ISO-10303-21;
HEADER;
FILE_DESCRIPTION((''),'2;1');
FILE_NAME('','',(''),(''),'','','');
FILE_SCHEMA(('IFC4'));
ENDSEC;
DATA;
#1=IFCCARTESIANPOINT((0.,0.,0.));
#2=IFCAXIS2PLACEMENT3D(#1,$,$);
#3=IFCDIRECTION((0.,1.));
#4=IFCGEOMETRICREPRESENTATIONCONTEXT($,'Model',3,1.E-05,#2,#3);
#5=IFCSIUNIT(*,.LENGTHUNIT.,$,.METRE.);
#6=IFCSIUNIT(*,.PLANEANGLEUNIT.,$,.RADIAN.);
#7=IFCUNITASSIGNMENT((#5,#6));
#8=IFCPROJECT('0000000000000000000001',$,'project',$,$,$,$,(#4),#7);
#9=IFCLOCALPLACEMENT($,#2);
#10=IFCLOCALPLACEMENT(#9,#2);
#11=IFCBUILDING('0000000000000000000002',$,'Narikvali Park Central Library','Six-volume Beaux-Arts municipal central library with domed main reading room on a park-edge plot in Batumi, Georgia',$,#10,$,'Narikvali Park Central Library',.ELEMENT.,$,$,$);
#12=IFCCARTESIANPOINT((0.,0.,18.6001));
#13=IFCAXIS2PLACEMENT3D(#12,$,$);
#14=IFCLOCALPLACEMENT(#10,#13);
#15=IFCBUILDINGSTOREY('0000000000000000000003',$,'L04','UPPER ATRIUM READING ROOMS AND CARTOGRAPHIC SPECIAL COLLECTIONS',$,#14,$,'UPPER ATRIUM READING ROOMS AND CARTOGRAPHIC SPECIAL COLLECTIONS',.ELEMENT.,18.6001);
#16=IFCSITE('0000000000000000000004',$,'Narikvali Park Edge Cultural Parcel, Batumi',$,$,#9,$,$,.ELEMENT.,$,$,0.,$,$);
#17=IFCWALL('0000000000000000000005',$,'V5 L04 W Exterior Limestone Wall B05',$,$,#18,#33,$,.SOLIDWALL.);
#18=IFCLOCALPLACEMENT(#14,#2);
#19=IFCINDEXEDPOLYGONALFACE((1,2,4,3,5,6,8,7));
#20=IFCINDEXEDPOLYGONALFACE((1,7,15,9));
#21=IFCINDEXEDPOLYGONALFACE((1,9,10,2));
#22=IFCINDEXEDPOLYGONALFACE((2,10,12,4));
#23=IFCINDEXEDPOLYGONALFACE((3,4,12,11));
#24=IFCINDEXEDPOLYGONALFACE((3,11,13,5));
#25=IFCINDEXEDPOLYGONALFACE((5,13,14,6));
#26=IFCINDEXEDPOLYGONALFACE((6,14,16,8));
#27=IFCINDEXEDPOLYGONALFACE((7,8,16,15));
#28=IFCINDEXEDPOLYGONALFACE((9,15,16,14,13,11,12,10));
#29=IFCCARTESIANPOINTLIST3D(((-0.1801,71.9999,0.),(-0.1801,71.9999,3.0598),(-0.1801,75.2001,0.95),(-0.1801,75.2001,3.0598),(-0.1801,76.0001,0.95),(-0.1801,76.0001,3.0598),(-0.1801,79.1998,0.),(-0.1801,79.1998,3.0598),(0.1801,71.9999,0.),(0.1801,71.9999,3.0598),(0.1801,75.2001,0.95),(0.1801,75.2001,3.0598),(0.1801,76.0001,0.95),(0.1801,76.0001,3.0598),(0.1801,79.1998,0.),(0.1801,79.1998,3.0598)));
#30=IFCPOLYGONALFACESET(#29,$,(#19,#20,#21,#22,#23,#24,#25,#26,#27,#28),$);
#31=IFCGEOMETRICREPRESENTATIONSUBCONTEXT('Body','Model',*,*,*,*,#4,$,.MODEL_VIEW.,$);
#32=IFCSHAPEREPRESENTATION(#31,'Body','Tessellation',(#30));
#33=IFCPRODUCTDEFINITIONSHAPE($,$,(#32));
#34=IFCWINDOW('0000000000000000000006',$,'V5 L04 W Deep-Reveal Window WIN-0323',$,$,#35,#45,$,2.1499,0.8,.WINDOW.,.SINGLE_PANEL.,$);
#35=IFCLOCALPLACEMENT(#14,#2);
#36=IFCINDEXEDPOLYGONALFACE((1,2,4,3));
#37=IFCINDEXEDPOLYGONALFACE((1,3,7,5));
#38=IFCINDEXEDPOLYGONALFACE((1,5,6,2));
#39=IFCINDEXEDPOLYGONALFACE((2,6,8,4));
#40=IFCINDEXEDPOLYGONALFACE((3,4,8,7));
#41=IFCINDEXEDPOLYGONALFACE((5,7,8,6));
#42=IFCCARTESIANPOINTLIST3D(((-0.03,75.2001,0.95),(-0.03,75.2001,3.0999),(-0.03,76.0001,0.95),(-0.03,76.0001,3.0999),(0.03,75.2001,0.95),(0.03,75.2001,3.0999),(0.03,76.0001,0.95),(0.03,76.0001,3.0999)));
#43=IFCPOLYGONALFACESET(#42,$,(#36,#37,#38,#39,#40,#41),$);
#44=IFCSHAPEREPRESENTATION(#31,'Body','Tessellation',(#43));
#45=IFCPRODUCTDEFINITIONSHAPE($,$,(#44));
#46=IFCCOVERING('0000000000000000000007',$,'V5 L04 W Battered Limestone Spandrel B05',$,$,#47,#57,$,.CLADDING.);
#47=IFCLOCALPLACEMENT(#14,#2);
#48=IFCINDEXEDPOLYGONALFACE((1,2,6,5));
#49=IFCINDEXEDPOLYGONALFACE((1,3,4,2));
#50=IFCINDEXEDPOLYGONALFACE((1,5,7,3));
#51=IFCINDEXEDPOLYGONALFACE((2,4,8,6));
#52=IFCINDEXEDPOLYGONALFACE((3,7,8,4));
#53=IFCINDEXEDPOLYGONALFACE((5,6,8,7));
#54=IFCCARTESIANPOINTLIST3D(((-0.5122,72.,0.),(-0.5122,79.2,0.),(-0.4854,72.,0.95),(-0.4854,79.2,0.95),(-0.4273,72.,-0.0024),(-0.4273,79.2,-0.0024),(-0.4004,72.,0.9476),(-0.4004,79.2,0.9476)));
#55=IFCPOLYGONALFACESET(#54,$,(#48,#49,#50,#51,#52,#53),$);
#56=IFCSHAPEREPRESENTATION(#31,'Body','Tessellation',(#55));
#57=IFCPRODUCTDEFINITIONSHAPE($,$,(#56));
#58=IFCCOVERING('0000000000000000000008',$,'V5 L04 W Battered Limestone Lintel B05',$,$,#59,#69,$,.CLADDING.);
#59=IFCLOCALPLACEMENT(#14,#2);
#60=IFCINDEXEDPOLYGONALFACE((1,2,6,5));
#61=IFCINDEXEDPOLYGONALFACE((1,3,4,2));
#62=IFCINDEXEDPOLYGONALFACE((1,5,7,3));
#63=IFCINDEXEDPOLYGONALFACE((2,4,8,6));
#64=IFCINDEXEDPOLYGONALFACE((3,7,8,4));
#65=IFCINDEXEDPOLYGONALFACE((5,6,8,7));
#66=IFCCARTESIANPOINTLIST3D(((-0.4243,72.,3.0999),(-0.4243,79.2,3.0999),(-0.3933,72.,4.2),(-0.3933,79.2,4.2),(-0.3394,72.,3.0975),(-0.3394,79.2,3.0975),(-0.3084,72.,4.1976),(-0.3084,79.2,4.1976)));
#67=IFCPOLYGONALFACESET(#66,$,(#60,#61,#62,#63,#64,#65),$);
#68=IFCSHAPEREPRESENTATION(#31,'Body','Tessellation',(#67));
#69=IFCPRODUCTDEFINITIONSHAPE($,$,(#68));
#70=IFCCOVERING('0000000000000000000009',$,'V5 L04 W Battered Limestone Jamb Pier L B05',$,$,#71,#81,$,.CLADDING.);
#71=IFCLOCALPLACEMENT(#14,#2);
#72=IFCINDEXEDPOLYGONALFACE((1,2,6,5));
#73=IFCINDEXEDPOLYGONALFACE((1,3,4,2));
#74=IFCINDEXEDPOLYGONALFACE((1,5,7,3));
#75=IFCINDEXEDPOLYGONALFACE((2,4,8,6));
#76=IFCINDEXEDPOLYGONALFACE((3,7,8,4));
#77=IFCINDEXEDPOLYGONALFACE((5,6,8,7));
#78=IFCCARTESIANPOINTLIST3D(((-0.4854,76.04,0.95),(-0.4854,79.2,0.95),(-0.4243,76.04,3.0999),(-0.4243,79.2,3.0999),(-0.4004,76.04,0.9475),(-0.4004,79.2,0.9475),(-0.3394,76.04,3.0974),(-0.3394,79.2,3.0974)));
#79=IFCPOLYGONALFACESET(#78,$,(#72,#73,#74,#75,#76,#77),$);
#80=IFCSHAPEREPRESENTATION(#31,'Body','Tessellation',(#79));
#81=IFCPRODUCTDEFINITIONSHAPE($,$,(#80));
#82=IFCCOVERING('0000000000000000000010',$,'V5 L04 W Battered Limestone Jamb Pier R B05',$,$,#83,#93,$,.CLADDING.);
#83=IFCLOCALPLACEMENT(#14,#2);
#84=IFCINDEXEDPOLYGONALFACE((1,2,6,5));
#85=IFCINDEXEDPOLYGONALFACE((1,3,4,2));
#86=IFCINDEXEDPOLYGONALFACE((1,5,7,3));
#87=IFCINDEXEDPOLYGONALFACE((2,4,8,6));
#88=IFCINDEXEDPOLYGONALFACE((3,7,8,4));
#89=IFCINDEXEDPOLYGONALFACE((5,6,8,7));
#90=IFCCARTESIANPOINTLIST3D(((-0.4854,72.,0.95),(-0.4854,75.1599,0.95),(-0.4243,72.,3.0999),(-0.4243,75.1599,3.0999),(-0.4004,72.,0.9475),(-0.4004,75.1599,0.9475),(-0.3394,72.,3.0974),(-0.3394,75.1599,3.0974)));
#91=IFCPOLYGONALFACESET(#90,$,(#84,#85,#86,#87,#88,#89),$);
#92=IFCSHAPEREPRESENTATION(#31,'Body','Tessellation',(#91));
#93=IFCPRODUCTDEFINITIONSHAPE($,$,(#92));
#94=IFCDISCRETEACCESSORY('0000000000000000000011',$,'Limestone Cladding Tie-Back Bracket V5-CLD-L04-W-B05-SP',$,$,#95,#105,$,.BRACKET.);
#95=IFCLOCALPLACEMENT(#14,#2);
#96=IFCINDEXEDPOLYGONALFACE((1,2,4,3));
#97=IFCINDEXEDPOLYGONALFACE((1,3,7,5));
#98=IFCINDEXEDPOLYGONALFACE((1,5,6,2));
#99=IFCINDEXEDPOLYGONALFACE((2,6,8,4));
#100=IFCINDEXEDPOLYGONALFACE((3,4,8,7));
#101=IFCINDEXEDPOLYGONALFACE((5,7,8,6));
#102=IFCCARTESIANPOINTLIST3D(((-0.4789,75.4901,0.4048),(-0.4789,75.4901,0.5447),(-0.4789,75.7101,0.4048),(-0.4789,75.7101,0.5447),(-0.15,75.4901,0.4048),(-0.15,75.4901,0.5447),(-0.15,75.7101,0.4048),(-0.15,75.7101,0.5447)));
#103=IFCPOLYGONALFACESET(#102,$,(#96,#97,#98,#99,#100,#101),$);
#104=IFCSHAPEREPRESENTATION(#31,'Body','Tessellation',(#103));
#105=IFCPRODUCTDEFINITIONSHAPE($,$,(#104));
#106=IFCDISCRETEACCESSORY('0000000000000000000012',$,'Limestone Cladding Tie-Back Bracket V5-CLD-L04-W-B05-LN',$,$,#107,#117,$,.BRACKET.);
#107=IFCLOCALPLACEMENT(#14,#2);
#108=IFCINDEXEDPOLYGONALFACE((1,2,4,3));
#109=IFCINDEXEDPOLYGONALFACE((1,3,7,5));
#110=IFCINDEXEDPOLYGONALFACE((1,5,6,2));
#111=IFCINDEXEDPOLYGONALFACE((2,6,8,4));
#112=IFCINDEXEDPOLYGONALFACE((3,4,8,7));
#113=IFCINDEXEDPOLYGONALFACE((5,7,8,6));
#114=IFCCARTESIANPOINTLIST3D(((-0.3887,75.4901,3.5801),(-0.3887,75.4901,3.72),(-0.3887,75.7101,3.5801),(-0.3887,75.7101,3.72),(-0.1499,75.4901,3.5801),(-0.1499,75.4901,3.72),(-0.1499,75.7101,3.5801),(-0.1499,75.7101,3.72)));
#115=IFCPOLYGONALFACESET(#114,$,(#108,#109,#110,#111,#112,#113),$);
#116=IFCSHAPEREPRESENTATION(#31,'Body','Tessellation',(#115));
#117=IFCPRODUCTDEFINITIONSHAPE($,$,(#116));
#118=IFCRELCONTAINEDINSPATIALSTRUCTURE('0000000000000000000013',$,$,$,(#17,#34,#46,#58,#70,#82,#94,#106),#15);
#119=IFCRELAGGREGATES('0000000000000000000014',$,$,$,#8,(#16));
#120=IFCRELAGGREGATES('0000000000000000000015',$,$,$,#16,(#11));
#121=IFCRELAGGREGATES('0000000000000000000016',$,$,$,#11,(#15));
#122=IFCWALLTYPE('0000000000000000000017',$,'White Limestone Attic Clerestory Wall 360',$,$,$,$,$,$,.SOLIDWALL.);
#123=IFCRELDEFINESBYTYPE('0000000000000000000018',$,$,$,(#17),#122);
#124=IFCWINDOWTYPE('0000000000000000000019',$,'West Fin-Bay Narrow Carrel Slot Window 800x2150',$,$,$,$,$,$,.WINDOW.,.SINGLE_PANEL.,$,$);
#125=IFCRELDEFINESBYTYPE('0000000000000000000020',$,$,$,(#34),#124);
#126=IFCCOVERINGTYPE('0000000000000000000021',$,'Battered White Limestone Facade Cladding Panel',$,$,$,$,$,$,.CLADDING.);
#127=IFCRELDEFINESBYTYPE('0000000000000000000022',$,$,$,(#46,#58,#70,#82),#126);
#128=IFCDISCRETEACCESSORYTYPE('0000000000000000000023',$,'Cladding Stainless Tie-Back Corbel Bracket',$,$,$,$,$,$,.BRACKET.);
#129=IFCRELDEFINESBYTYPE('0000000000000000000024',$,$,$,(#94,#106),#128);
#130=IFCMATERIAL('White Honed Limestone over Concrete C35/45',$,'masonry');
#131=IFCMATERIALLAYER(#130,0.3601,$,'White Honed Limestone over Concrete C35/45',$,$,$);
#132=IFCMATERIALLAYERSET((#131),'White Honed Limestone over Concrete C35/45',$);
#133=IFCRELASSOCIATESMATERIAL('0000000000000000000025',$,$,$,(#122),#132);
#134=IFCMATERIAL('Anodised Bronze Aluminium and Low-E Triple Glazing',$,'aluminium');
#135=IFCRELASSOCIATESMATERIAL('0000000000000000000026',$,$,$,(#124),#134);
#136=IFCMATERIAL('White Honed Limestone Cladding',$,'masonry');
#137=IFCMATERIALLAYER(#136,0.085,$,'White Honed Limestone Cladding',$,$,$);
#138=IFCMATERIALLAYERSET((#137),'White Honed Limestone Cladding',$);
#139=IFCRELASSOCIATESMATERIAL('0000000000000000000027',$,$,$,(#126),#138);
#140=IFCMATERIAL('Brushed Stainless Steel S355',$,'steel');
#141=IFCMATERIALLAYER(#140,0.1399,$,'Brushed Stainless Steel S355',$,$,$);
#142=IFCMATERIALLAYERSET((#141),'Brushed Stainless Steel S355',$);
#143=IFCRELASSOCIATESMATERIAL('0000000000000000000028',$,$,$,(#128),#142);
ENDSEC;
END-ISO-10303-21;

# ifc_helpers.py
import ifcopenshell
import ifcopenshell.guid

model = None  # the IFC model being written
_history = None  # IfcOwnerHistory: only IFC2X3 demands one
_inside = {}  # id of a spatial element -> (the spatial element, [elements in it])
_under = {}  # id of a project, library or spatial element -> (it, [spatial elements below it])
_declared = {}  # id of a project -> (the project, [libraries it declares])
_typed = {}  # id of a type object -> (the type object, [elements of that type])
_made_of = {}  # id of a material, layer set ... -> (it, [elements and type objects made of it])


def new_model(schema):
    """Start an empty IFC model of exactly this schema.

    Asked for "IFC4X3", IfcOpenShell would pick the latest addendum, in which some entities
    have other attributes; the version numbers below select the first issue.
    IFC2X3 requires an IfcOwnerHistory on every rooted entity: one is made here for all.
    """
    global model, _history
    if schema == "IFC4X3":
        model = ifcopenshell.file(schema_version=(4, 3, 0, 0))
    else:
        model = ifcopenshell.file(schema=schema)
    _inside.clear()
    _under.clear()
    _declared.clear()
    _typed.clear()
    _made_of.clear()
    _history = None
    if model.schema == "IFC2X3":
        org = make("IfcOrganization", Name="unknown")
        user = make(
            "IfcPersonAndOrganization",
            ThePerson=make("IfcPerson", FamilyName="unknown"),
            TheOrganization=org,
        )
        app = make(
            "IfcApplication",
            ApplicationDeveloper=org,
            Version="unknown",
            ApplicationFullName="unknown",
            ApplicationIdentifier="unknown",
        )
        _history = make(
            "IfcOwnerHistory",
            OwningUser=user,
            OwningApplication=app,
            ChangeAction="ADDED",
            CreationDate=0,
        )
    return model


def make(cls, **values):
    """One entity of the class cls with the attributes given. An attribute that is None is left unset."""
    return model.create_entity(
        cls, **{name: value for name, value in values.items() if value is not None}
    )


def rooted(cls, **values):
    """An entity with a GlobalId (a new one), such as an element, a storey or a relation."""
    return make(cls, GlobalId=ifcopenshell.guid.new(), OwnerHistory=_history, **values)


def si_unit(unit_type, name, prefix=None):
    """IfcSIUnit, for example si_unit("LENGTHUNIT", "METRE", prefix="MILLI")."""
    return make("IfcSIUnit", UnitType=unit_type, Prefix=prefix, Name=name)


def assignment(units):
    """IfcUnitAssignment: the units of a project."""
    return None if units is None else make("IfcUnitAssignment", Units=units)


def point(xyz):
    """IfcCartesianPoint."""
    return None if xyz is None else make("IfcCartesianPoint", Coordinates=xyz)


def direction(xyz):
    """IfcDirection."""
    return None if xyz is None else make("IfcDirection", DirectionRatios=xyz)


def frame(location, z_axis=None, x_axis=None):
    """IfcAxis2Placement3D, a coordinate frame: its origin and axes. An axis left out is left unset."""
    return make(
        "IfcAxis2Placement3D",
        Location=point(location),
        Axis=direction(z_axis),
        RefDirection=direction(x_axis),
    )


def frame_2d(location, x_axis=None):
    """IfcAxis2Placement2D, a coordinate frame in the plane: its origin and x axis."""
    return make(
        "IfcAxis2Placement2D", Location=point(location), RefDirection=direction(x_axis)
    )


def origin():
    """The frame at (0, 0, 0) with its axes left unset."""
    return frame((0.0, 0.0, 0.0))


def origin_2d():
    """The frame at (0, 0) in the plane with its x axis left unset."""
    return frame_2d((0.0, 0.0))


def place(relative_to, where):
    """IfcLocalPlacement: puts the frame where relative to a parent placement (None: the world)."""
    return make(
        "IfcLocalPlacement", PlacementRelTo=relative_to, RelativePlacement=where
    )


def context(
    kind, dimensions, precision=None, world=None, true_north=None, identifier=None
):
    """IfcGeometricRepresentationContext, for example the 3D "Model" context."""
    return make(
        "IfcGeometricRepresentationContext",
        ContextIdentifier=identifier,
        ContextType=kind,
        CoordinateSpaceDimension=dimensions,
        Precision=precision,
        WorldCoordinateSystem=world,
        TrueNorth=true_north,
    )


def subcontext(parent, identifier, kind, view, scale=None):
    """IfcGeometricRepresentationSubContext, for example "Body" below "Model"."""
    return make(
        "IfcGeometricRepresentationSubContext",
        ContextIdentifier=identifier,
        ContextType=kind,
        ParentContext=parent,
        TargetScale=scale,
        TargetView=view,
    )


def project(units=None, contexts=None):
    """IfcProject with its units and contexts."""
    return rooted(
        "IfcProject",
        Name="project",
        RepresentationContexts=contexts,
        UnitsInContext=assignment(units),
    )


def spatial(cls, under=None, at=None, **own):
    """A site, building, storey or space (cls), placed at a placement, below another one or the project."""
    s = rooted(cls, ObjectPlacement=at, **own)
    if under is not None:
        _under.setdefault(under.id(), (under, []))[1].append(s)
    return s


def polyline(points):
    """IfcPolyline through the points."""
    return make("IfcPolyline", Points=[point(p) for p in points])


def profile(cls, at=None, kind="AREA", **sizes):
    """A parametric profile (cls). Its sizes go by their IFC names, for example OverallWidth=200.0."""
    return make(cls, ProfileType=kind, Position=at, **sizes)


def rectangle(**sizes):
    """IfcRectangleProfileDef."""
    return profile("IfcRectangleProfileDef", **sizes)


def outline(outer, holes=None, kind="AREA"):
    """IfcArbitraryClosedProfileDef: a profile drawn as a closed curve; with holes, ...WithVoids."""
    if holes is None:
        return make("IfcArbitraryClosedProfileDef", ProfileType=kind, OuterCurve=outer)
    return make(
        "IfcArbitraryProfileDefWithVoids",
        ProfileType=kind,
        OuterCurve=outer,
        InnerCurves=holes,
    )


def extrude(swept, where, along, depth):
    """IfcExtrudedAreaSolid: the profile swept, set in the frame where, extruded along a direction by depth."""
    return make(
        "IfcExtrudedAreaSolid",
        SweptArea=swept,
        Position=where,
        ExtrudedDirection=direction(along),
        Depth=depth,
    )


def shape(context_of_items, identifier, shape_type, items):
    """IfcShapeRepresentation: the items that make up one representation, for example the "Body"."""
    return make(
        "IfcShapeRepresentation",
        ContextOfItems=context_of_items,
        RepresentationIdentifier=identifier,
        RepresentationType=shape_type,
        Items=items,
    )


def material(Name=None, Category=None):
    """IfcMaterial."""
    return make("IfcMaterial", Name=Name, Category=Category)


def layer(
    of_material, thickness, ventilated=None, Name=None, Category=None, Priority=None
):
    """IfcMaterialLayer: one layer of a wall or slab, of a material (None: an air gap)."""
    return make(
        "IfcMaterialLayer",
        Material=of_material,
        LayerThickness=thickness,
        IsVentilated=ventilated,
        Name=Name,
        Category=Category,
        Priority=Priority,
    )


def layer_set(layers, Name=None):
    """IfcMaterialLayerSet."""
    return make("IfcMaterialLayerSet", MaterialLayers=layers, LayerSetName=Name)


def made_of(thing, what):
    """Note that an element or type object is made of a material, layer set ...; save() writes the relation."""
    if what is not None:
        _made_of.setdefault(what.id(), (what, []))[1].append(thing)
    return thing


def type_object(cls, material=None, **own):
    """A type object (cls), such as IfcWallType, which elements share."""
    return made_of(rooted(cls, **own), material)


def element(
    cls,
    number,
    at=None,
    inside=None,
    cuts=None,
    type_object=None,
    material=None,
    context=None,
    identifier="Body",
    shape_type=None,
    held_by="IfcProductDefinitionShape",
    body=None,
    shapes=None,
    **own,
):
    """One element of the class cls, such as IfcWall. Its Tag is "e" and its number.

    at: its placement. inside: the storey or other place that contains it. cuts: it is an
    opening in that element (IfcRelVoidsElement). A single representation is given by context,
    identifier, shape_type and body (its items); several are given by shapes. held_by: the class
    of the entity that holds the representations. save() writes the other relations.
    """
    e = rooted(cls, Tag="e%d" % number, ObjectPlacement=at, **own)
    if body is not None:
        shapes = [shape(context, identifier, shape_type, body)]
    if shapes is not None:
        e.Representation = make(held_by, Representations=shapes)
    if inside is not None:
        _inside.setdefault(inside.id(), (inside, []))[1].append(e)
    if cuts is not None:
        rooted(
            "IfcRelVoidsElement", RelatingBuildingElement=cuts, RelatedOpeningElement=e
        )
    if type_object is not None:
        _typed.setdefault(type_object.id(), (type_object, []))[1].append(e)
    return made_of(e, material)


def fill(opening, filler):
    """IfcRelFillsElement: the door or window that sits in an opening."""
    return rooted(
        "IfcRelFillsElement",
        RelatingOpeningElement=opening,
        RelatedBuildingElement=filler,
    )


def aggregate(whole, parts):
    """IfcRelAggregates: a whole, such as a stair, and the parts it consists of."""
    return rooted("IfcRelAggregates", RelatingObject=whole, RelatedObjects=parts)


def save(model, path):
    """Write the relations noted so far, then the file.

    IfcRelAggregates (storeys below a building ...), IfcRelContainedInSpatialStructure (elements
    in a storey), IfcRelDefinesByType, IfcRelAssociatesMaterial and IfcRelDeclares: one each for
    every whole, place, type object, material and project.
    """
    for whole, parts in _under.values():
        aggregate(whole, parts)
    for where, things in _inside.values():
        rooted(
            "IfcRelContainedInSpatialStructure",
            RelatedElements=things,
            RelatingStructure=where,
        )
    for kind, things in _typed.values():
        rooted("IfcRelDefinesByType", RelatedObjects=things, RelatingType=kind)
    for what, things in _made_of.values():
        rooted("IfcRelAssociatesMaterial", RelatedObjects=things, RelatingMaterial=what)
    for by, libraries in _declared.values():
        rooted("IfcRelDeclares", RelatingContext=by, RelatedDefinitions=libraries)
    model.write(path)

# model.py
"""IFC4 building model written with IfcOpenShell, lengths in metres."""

from ifc_helpers import new_model, si_unit, direction, frame, frame_2d, origin, origin_2d, place, context, subcontext, project, spatial, polyline, rectangle, outline, extrude, material, layer, layer_set, type_object, element, fill, save


model = new_model("IFC4")

# Units and contexts
model_context = context("Model", 3, precision=1e-05, world=origin(), true_north=direction((0.0, 1.0)))
body_context = subcontext(model_context, "Body", "Model", "MODEL_VIEW")
ifc_project = project(units=[si_unit("LENGTHUNIT", "METRE"), si_unit("PLANEANGLEUNIT", "RADIAN")], contexts=[model_context])

# Site, building, storey
site_placement = place(None, origin())
site = spatial("IfcSite", under=ifc_project, at=site_placement, Name="Narikvali Park Edge Cultural Parcel, Batumi", CompositionType="ELEMENT", RefElevation=0.0)
building_placement = place(site_placement, origin())
building = spatial("IfcBuilding", under=site, at=building_placement, Name="Narikvali Park Central Library", Description="Six-volume Beaux-Arts municipal central library with domed main reading room on a park-edge plot in Batumi, Georgia", LongName="Narikvali Park Central Library", CompositionType="ELEMENT")
storey_placement = place(building_placement, frame((0.0, 0.0, 18.6001)))
storey = spatial("IfcBuildingStorey", under=building, at=storey_placement, Name="L04", Description="UPPER ATRIUM READING ROOMS AND CARTOGRAPHIC SPECIAL COLLECTIONS", LongName="UPPER ATRIUM READING ROOMS AND CARTOGRAPHIC SPECIAL COLLECTIONS", CompositionType="ELEMENT", Elevation=18.6001)

# Wall, opening, window
ifc_material_1 = material(Name="White Honed Limestone over Concrete C35/45", Category="masonry")
ifc_layer_1 = layer(ifc_material_1, 0.3601, Name="White Honed Limestone over Concrete C35/45")
ifc_layer_set_1 = layer_set([ifc_layer_1], Name="White Honed Limestone over Concrete C35/45")
wall_type_1 = type_object("IfcWallType", Name="White Limestone Attic Clerestory Wall 360", PredefinedType="SOLIDWALL", material=ifc_layer_set_1)
wall_placement = place(storey_placement, frame((0.0, 79.2, 0.0), z_axis=(0.0, 0.0, 1.0), x_axis=(0.0, -1.0, 0.0)))
wall = element("IfcWall", 1, at=wall_placement, inside=storey, type_object=wall_type_1, Name="V5 L04 W Exterior Limestone Wall B05", PredefinedType="SOLIDWALL", context=body_context, shape_type="SweptSolid", body=[
    extrude(rectangle(XDim=7.2, YDim=0.3601, at=frame_2d((3.6001, 0.0))), origin(), (0.0, 0.0, 1.0), 3.0598),
])
opening_placement = place(wall_placement, frame((3.2, 0.0, 0.95)))
opening = element("IfcOpeningElement", 2, at=opening_placement, cuts=wall, PredefinedType="OPENING", context=body_context, shape_type="SweptSolid", body=[
    extrude(rectangle(XDim=0.8, YDim=2.1499, at=frame_2d((0.3999, 1.075))), frame((0.0, 0.1919, 0.0), z_axis=(0.0, -1.0, 0.0), x_axis=(1.0, 0.0, 0.0)), (0.0, 0.0, 1.0), 0.384),
])
ifc_material_2 = material(Name="Anodised Bronze Aluminium and Low-E Triple Glazing", Category="aluminium")
window_type = type_object("IfcWindowType", Name="West Fin-Bay Narrow Carrel Slot Window 800x2150", PartitioningType="SINGLE_PANEL", PredefinedType="WINDOW", material=ifc_material_2)
window_placement = place(opening_placement, origin())
window = element("IfcWindow", 3, at=window_placement, inside=storey, type_object=window_type, Name="V5 L04 W Deep-Reveal Window WIN-0323", OverallHeight=2.1499, OverallWidth=0.8, PartitioningType="SINGLE_PANEL", PredefinedType="WINDOW", context=body_context, shape_type="SweptSolid", body=[
    extrude(rectangle(XDim=0.8, YDim=2.1499, at=frame_2d((0.3999, 1.075))), frame((0.0, 0.03, 0.0), z_axis=(0.0, -1.0, 0.0), x_axis=(1.0, 0.0, 0.0)), (0.0, 0.0, 1.0), 0.0601),
])
fill(opening, window)

# Coverings
ifc_material_3 = material(Name="White Honed Limestone Cladding", Category="masonry")
ifc_layer_2 = layer(ifc_material_3, 0.085, Name="White Honed Limestone Cladding")
ifc_layer_set_2 = layer_set([ifc_layer_2], Name="White Honed Limestone Cladding")
covering_type = type_object("IfcCoveringType", Name="Battered White Limestone Facade Cladding Panel", PredefinedType="CLADDING", material=ifc_layer_set_2)
covering_1_placement = place(storey_placement, frame((-0.5122, 79.2, 0.0), z_axis=(-0.999601, 0.0, 0.028259), x_axis=(0.0, -1.0, 0.0)))
element("IfcCovering", 4, at=covering_1_placement, inside=storey, type_object=covering_type, Name="V5 L04 W Battered Limestone Spandrel B05", PredefinedType="CLADDING", context=body_context, shape_type="SweptSolid", body=[
    extrude(outline(polyline([(0.0, 0.0), (7.2, 0.0), (7.2, 0.9503), (0.0, 0.9503), (0.0, 0.0)])), origin(), (0.0, 0.0, -1.0), 0.085),
])
covering_2_placement = place(storey_placement, frame((-0.4243, 79.2, 3.0999), z_axis=(-0.999603, 0.0, 0.028173), x_axis=(0.0, -1.0, 0.0)))
element("IfcCovering", 5, at=covering_2_placement, inside=storey, type_object=covering_type, Name="V5 L04 W Battered Limestone Lintel B05", PredefinedType="CLADDING", context=body_context, shape_type="SweptSolid", body=[
    extrude(outline(polyline([(0.0, 0.0), (7.2, 0.0), (7.2, 1.1005), (0.0, 1.1005), (0.0, 0.0)])), origin(), (0.0, 0.0, -1.0), 0.085),
])
for number, where, z_axis, x_axis, name in (
    (6, (-0.4854, 79.2, 0.95), (-0.999597, 0.0, 0.028378), (0.0, -1.0, 0.0), "V5 L04 W Battered Limestone Jamb Pier L B05"),
    (7, (-0.4854, 75.1599, 0.95), (-0.999597, 0.0, 0.028378), (0.0, -1.0, 0.0), "V5 L04 W Battered Limestone Jamb Pier R B05"),
):
    element("IfcCovering", number, at=place(storey_placement, frame(where, z_axis=z_axis, x_axis=x_axis)), inside=storey, type_object=covering_type, Name=name, PredefinedType="CLADDING", context=body_context, shape_type="SweptSolid", body=[
        extrude(outline(polyline([(0.0, 0.0), (3.1599, 0.0), (3.1599, 2.1508), (0.0, 2.1508), (0.0, 0.0)])), origin(), (0.0, 0.0, -1.0), 0.085),
    ])

# Discrete accessories
ifc_material_4 = material(Name="Brushed Stainless Steel S355", Category="steel")
ifc_layer_3 = layer(ifc_material_4, 0.1399, Name="Brushed Stainless Steel S355")
ifc_layer_set_3 = layer_set([ifc_layer_3], Name="Brushed Stainless Steel S355")
discrete_accessory_type = type_object("IfcDiscreteAccessoryType", Name="Cladding Stainless Tie-Back Corbel Bracket", PredefinedType="BRACKET", material=ifc_layer_set_3)
discrete_accessory_1_placement = place(storey_placement, frame((-0.3145, 75.6001, 0.4048), z_axis=(0.0, 0.0, 1.0), x_axis=(1.0, 0.0, 0.0)))
element("IfcDiscreteAccessory", 8, at=discrete_accessory_1_placement, inside=storey, type_object=discrete_accessory_type, Name="Limestone Cladding Tie-Back Bracket V5-CLD-L04-W-B05-SP", PredefinedType="BRACKET", context=body_context, shape_type="SweptSolid", body=[
    extrude(rectangle(XDim=0.3289, YDim=0.22, at=origin_2d()), origin(), (0.0, 0.0, 1.0), 0.1399),
])
discrete_accessory_2_placement = place(storey_placement, frame((-0.2693, 75.6001, 3.5801), z_axis=(0.0, 0.0, 1.0), x_axis=(1.0, 0.0, 0.0)))
element("IfcDiscreteAccessory", 9, at=discrete_accessory_2_placement, inside=storey, type_object=discrete_accessory_type, Name="Limestone Cladding Tie-Back Bracket V5-CLD-L04-W-B05-LN", PredefinedType="BRACKET", context=body_context, shape_type="SweptSolid", body=[
    extrude(rectangle(XDim=0.2388, YDim=0.22, at=origin_2d()), origin(), (0.0, 0.0, 1.0), 0.1399),
])

save(model, "model.ifc")
